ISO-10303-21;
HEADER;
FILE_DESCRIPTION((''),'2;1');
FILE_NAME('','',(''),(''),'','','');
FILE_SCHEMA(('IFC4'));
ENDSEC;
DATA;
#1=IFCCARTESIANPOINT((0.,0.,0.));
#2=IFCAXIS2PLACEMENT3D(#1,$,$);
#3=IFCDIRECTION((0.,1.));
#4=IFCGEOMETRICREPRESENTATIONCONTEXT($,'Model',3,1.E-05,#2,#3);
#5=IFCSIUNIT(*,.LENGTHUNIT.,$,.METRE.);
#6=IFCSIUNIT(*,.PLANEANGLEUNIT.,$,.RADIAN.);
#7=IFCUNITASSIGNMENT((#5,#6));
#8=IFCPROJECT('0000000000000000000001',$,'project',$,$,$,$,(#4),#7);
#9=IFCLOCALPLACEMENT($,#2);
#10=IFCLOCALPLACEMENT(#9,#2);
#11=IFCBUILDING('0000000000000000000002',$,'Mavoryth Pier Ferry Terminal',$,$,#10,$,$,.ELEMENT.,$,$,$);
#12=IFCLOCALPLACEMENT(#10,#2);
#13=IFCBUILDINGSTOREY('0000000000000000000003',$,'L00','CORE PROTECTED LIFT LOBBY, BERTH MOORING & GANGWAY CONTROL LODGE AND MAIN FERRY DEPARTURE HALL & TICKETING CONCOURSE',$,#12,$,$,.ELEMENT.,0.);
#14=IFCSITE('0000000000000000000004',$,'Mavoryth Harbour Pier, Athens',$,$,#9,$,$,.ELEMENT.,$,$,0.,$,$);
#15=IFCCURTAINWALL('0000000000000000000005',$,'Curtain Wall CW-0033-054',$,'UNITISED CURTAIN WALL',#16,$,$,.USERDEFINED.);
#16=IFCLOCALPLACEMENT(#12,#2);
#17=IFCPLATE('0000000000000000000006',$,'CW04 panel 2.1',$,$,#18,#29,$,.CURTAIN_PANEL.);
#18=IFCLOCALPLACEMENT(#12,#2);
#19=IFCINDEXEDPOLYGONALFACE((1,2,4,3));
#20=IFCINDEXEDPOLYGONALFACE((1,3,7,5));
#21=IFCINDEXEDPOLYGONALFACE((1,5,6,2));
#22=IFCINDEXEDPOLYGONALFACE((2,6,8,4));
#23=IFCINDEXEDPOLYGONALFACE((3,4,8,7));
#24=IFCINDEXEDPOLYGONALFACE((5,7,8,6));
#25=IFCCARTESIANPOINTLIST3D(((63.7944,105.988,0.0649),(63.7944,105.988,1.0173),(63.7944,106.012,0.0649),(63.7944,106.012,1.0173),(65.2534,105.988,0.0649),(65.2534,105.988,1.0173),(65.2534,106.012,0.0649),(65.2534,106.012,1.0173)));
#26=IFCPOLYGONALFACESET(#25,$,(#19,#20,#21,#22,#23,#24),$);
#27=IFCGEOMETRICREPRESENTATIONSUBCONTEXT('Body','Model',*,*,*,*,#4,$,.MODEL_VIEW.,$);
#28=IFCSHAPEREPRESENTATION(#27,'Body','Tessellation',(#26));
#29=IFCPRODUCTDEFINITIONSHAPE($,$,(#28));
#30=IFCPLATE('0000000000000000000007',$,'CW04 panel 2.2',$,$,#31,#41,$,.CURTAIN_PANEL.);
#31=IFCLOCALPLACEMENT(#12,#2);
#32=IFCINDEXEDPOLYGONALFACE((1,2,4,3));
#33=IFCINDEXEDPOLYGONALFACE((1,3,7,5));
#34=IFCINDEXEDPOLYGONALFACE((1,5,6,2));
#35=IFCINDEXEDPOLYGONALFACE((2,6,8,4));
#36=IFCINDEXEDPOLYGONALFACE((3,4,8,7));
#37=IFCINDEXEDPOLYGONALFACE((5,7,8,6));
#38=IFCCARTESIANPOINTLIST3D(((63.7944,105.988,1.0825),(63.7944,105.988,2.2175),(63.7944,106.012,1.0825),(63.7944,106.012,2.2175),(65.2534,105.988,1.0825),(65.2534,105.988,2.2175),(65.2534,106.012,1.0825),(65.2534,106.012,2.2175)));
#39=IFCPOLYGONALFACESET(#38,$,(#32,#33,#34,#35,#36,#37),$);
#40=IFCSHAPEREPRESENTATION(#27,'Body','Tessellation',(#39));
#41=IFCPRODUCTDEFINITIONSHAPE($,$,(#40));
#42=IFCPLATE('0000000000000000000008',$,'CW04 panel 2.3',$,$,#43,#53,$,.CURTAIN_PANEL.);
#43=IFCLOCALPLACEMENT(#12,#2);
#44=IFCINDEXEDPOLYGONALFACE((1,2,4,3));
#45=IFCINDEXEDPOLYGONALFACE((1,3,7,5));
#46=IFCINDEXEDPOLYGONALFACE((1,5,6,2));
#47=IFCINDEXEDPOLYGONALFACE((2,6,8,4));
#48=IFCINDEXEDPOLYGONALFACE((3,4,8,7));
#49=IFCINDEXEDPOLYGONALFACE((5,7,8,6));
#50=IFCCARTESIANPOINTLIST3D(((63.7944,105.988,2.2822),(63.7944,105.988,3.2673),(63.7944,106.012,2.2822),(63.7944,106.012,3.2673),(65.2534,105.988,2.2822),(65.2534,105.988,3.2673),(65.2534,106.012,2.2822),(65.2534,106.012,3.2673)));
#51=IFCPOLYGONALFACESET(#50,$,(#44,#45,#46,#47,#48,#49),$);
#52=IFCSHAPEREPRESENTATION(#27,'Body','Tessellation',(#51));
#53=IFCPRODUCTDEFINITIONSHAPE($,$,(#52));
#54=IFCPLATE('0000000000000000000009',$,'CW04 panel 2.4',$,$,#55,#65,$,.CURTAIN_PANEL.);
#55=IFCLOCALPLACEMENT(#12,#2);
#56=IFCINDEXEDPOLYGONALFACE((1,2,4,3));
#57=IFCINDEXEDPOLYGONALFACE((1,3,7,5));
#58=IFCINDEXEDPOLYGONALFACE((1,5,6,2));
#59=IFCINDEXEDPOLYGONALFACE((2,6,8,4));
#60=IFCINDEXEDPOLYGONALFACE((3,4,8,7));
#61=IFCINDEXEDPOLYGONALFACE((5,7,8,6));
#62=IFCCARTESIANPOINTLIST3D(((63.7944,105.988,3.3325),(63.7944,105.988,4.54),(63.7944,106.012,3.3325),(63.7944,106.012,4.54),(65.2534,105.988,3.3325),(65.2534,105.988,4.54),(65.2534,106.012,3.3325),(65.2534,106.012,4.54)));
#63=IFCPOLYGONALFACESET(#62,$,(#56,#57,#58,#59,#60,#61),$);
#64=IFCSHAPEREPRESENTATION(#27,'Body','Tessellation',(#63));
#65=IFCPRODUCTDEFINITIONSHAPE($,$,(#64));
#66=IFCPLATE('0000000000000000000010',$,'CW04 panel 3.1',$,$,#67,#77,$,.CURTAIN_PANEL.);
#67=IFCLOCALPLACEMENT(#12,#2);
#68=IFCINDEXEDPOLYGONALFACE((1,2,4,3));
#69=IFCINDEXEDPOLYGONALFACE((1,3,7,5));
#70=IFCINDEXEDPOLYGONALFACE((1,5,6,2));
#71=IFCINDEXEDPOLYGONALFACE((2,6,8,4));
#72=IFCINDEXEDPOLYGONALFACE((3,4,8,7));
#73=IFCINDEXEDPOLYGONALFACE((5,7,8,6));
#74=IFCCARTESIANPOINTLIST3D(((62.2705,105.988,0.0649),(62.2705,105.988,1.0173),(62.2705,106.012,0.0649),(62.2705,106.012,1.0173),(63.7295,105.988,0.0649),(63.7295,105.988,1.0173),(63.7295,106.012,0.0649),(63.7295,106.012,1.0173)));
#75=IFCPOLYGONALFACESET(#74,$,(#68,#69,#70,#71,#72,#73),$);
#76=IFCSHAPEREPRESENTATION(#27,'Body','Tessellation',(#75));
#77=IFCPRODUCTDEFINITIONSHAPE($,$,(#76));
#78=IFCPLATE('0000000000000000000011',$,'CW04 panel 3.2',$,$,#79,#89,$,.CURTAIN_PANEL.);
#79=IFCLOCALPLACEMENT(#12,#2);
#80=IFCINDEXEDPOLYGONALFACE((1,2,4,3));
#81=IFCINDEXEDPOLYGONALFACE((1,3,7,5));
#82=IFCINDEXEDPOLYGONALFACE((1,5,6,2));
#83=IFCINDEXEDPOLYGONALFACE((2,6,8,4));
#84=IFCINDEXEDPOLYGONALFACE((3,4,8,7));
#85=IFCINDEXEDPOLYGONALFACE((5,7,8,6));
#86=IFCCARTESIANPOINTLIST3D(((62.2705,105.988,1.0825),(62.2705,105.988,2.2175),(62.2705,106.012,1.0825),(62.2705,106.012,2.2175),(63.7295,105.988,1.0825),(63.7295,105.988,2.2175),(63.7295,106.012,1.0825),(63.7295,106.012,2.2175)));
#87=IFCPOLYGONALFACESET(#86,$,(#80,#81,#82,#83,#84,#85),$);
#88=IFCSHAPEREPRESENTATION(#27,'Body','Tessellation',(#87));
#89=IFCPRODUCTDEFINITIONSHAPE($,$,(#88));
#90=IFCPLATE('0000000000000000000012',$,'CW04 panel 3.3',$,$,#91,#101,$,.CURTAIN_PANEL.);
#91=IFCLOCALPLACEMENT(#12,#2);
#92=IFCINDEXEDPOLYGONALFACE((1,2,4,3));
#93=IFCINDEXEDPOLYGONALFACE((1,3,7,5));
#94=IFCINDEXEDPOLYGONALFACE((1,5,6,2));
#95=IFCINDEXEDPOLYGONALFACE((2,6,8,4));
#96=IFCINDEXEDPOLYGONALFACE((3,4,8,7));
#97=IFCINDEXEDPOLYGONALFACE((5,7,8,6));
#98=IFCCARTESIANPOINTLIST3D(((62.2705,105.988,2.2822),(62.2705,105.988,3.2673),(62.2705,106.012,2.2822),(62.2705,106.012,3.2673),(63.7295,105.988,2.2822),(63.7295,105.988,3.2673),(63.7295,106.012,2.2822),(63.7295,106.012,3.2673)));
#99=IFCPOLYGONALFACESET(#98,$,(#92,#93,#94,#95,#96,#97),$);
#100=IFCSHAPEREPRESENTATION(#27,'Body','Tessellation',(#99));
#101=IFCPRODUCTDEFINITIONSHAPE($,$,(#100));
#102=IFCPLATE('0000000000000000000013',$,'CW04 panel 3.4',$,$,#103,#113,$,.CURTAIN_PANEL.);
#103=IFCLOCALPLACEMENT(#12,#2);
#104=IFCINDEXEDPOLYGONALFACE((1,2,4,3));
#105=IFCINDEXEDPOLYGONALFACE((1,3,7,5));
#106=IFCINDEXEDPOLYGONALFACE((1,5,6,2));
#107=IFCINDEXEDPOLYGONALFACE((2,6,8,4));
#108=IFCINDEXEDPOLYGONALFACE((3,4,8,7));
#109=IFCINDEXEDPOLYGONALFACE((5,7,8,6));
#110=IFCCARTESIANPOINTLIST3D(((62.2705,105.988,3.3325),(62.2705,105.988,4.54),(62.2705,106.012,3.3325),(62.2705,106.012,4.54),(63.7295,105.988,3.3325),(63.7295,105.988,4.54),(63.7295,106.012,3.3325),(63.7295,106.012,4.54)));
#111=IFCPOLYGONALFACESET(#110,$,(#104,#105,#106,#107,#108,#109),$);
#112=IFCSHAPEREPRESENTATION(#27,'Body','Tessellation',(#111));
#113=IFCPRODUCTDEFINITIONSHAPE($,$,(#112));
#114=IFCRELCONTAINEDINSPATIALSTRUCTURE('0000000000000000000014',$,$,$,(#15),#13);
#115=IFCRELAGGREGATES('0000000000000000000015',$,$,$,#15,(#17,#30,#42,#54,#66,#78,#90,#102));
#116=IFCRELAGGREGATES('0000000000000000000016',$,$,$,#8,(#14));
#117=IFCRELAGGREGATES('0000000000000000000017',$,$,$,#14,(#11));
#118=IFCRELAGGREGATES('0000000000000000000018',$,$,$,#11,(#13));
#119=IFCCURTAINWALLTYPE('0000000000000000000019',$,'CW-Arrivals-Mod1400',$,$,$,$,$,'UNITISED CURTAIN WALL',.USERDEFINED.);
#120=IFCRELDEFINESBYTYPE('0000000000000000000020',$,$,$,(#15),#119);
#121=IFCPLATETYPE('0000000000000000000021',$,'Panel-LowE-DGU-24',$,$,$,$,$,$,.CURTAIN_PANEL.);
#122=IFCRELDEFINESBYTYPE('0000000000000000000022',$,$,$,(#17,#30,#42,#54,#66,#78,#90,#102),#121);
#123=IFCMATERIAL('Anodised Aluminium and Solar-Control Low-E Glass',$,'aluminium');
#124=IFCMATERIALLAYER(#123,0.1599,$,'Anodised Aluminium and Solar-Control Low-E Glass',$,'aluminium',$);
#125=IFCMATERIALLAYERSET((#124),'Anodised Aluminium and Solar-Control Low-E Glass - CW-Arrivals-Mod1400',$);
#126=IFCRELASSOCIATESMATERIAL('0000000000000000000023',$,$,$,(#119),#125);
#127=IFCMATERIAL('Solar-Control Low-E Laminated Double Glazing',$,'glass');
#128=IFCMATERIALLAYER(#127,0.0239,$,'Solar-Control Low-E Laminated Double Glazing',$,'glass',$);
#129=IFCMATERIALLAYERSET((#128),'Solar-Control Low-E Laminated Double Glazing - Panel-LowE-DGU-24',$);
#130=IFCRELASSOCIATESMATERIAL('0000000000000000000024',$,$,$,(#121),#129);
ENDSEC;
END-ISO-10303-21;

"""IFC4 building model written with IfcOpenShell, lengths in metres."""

from ifc_helpers import new_model, si_unit, direction, frame, origin, origin_2d, place, context, subcontext, project, spatial, rectangle, extrude, material, layer, layer_set, type_object, element, aggregate, save


model = new_model("IFC4")

# Units and contexts
model_context = context("Model", 3, precision=1e-05, world=origin(), true_north=direction((0.0, 1.0)))
body_context = subcontext(model_context, "Body", "Model", "MODEL_VIEW")
ifc_project = project(units=[si_unit("LENGTHUNIT", "METRE"), si_unit("PLANEANGLEUNIT", "RADIAN")], contexts=[model_context])

# Site, building, storey
site_placement = place(None, origin())
site = spatial("IfcSite", under=ifc_project, at=site_placement, Name="Mavoryth Harbour Pier, Athens", CompositionType="ELEMENT", RefElevation=0.0)
building_placement = place(site_placement, origin())
building = spatial("IfcBuilding", under=site, at=building_placement, Name="Mavoryth Pier Ferry Terminal", CompositionType="ELEMENT")
storey_placement = place(building_placement, origin())
storey = spatial("IfcBuildingStorey", under=building, at=storey_placement, Name="L00", Description="CORE PROTECTED LIFT LOBBY, BERTH MOORING & GANGWAY CONTROL LODGE AND MAIN FERRY DEPARTURE HALL & TICKETING CONCOURSE", CompositionType="ELEMENT", Elevation=0.0)

# Curtain wall, plates
ifc_material_1 = material(Name="Anodised Aluminium and Solar-Control Low-E Glass", Category="aluminium")
ifc_layer_1 = layer(ifc_material_1, 0.1599, Name="Anodised Aluminium and Solar-Control Low-E Glass", Category="aluminium")
ifc_layer_set_1 = layer_set([ifc_layer_1], Name="Anodised Aluminium and Solar-Control Low-E Glass - CW-Arrivals-Mod1400")
curtain_wall_type = type_object("IfcCurtainWallType", Name="CW-Arrivals-Mod1400", ElementType="UNITISED CURTAIN WALL", PredefinedType="USERDEFINED", material=ifc_layer_set_1)
curtain_wall_placement = place(storey_placement, origin())
curtain_wall = element("IfcCurtainWall", 1, at=curtain_wall_placement, inside=storey, type_object=curtain_wall_type, Name="Curtain Wall CW-0033-054", ObjectType="UNITISED CURTAIN WALL", PredefinedType="USERDEFINED")
ifc_material_2 = material(Name="Solar-Control Low-E Laminated Double Glazing", Category="glass")
ifc_layer_2 = layer(ifc_material_2, 0.0239, Name="Solar-Control Low-E Laminated Double Glazing", Category="glass")
ifc_layer_set_2 = layer_set([ifc_layer_2], Name="Solar-Control Low-E Laminated Double Glazing - Panel-LowE-DGU-24")
plate_type = type_object("IfcPlateType", Name="Panel-LowE-DGU-24", PredefinedType="CURTAIN_PANEL", material=ifc_layer_set_2)
plate_1_placement = place(storey_placement, frame((64.5239, 106.0, 0.0649), z_axis=(0.0, 0.0, 1.0), x_axis=(-1.0, 0.0, 0.0)))
plate_1 = element("IfcPlate", 2, at=plate_1_placement, type_object=plate_type, Name="CW04 panel 2.1", PredefinedType="CURTAIN_PANEL", context=body_context, shape_type="SweptSolid", body=[
    extrude(rectangle(XDim=1.459, YDim=0.0239, at=origin_2d()), origin(), (0.0, 0.0, 1.0), 0.9524),
])
plate_2_placement = place(storey_placement, frame((64.5239, 106.0, 1.0825), z_axis=(0.0, 0.0, 1.0), x_axis=(-1.0, 0.0, 0.0)))
plate_2 = element("IfcPlate", 3, at=plate_2_placement, type_object=plate_type, Name="CW04 panel 2.2", PredefinedType="CURTAIN_PANEL", context=body_context, shape_type="SweptSolid", body=[
    extrude(rectangle(XDim=1.459, YDim=0.0239, at=origin_2d()), origin(), (0.0, 0.0, 1.0), 1.135),
])
plate_3_placement = place(storey_placement, frame((64.5239, 106.0, 2.2822), z_axis=(0.0, 0.0, 1.0), x_axis=(-1.0, 0.0, 0.0)))
plate_3 = element("IfcPlate", 4, at=plate_3_placement, type_object=plate_type, Name="CW04 panel 2.3", PredefinedType="CURTAIN_PANEL", context=body_context, shape_type="SweptSolid", body=[
    extrude(rectangle(XDim=1.459, YDim=0.0239, at=origin_2d()), origin(), (0.0, 0.0, 1.0), 0.9851),
])
plate_4_placement = place(storey_placement, frame((64.5239, 106.0, 3.3325), z_axis=(0.0, 0.0, 1.0), x_axis=(-1.0, 0.0, 0.0)))
plate_4 = element("IfcPlate", 5, at=plate_4_placement, type_object=plate_type, Name="CW04 panel 2.4", PredefinedType="CURTAIN_PANEL", context=body_context, shape_type="SweptSolid", body=[
    extrude(rectangle(XDim=1.459, YDim=0.0239, at=origin_2d()), origin(), (0.0, 0.0, 1.0), 1.2075),
])
plate_5_placement = place(storey_placement, frame((63.0, 106.0, 0.0649), z_axis=(0.0, 0.0, 1.0), x_axis=(-1.0, 0.0, 0.0)))
plate_5 = element("IfcPlate", 6, at=plate_5_placement, type_object=plate_type, Name="CW04 panel 3.1", PredefinedType="CURTAIN_PANEL", context=body_context, shape_type="SweptSolid", body=[
    extrude(rectangle(XDim=1.459, YDim=0.0239, at=origin_2d()), origin(), (0.0, 0.0, 1.0), 0.9524),
])
plate_6_placement = place(storey_placement, frame((63.0, 106.0, 1.0825), z_axis=(0.0, 0.0, 1.0), x_axis=(-1.0, 0.0, 0.0)))
plate_6 = element("IfcPlate", 7, at=plate_6_placement, type_object=plate_type, Name="CW04 panel 3.2", PredefinedType="CURTAIN_PANEL", context=body_context, shape_type="SweptSolid", body=[
    extrude(rectangle(XDim=1.459, YDim=0.0239, at=origin_2d()), origin(), (0.0, 0.0, 1.0), 1.135),
])
plate_7_placement = place(storey_placement, frame((63.0, 106.0, 2.2822), z_axis=(0.0, 0.0, 1.0), x_axis=(-1.0, 0.0, 0.0)))
plate_7 = element("IfcPlate", 8, at=plate_7_placement, type_object=plate_type, Name="CW04 panel 3.3", PredefinedType="CURTAIN_PANEL", context=body_context, shape_type="SweptSolid", body=[
    extrude(rectangle(XDim=1.459, YDim=0.0239, at=origin_2d()), origin(), (0.0, 0.0, 1.0), 0.9851),
])
plate_8_placement = place(storey_placement, frame((63.0, 106.0, 3.3325), z_axis=(0.0, 0.0, 1.0), x_axis=(-1.0, 0.0, 0.0)))
plate_8 = element("IfcPlate", 9, at=plate_8_placement, type_object=plate_type, Name="CW04 panel 3.4", PredefinedType="CURTAIN_PANEL", context=body_context, shape_type="SweptSolid", body=[
    extrude(rectangle(XDim=1.459, YDim=0.0239, at=origin_2d()), origin(), (0.0, 0.0, 1.0), 1.2075),
])
aggregate(curtain_wall, [plate_1, plate_2, plate_3, plate_4, plate_5, plate_6, plate_7, plate_8])

save(model, "model.ifc")
